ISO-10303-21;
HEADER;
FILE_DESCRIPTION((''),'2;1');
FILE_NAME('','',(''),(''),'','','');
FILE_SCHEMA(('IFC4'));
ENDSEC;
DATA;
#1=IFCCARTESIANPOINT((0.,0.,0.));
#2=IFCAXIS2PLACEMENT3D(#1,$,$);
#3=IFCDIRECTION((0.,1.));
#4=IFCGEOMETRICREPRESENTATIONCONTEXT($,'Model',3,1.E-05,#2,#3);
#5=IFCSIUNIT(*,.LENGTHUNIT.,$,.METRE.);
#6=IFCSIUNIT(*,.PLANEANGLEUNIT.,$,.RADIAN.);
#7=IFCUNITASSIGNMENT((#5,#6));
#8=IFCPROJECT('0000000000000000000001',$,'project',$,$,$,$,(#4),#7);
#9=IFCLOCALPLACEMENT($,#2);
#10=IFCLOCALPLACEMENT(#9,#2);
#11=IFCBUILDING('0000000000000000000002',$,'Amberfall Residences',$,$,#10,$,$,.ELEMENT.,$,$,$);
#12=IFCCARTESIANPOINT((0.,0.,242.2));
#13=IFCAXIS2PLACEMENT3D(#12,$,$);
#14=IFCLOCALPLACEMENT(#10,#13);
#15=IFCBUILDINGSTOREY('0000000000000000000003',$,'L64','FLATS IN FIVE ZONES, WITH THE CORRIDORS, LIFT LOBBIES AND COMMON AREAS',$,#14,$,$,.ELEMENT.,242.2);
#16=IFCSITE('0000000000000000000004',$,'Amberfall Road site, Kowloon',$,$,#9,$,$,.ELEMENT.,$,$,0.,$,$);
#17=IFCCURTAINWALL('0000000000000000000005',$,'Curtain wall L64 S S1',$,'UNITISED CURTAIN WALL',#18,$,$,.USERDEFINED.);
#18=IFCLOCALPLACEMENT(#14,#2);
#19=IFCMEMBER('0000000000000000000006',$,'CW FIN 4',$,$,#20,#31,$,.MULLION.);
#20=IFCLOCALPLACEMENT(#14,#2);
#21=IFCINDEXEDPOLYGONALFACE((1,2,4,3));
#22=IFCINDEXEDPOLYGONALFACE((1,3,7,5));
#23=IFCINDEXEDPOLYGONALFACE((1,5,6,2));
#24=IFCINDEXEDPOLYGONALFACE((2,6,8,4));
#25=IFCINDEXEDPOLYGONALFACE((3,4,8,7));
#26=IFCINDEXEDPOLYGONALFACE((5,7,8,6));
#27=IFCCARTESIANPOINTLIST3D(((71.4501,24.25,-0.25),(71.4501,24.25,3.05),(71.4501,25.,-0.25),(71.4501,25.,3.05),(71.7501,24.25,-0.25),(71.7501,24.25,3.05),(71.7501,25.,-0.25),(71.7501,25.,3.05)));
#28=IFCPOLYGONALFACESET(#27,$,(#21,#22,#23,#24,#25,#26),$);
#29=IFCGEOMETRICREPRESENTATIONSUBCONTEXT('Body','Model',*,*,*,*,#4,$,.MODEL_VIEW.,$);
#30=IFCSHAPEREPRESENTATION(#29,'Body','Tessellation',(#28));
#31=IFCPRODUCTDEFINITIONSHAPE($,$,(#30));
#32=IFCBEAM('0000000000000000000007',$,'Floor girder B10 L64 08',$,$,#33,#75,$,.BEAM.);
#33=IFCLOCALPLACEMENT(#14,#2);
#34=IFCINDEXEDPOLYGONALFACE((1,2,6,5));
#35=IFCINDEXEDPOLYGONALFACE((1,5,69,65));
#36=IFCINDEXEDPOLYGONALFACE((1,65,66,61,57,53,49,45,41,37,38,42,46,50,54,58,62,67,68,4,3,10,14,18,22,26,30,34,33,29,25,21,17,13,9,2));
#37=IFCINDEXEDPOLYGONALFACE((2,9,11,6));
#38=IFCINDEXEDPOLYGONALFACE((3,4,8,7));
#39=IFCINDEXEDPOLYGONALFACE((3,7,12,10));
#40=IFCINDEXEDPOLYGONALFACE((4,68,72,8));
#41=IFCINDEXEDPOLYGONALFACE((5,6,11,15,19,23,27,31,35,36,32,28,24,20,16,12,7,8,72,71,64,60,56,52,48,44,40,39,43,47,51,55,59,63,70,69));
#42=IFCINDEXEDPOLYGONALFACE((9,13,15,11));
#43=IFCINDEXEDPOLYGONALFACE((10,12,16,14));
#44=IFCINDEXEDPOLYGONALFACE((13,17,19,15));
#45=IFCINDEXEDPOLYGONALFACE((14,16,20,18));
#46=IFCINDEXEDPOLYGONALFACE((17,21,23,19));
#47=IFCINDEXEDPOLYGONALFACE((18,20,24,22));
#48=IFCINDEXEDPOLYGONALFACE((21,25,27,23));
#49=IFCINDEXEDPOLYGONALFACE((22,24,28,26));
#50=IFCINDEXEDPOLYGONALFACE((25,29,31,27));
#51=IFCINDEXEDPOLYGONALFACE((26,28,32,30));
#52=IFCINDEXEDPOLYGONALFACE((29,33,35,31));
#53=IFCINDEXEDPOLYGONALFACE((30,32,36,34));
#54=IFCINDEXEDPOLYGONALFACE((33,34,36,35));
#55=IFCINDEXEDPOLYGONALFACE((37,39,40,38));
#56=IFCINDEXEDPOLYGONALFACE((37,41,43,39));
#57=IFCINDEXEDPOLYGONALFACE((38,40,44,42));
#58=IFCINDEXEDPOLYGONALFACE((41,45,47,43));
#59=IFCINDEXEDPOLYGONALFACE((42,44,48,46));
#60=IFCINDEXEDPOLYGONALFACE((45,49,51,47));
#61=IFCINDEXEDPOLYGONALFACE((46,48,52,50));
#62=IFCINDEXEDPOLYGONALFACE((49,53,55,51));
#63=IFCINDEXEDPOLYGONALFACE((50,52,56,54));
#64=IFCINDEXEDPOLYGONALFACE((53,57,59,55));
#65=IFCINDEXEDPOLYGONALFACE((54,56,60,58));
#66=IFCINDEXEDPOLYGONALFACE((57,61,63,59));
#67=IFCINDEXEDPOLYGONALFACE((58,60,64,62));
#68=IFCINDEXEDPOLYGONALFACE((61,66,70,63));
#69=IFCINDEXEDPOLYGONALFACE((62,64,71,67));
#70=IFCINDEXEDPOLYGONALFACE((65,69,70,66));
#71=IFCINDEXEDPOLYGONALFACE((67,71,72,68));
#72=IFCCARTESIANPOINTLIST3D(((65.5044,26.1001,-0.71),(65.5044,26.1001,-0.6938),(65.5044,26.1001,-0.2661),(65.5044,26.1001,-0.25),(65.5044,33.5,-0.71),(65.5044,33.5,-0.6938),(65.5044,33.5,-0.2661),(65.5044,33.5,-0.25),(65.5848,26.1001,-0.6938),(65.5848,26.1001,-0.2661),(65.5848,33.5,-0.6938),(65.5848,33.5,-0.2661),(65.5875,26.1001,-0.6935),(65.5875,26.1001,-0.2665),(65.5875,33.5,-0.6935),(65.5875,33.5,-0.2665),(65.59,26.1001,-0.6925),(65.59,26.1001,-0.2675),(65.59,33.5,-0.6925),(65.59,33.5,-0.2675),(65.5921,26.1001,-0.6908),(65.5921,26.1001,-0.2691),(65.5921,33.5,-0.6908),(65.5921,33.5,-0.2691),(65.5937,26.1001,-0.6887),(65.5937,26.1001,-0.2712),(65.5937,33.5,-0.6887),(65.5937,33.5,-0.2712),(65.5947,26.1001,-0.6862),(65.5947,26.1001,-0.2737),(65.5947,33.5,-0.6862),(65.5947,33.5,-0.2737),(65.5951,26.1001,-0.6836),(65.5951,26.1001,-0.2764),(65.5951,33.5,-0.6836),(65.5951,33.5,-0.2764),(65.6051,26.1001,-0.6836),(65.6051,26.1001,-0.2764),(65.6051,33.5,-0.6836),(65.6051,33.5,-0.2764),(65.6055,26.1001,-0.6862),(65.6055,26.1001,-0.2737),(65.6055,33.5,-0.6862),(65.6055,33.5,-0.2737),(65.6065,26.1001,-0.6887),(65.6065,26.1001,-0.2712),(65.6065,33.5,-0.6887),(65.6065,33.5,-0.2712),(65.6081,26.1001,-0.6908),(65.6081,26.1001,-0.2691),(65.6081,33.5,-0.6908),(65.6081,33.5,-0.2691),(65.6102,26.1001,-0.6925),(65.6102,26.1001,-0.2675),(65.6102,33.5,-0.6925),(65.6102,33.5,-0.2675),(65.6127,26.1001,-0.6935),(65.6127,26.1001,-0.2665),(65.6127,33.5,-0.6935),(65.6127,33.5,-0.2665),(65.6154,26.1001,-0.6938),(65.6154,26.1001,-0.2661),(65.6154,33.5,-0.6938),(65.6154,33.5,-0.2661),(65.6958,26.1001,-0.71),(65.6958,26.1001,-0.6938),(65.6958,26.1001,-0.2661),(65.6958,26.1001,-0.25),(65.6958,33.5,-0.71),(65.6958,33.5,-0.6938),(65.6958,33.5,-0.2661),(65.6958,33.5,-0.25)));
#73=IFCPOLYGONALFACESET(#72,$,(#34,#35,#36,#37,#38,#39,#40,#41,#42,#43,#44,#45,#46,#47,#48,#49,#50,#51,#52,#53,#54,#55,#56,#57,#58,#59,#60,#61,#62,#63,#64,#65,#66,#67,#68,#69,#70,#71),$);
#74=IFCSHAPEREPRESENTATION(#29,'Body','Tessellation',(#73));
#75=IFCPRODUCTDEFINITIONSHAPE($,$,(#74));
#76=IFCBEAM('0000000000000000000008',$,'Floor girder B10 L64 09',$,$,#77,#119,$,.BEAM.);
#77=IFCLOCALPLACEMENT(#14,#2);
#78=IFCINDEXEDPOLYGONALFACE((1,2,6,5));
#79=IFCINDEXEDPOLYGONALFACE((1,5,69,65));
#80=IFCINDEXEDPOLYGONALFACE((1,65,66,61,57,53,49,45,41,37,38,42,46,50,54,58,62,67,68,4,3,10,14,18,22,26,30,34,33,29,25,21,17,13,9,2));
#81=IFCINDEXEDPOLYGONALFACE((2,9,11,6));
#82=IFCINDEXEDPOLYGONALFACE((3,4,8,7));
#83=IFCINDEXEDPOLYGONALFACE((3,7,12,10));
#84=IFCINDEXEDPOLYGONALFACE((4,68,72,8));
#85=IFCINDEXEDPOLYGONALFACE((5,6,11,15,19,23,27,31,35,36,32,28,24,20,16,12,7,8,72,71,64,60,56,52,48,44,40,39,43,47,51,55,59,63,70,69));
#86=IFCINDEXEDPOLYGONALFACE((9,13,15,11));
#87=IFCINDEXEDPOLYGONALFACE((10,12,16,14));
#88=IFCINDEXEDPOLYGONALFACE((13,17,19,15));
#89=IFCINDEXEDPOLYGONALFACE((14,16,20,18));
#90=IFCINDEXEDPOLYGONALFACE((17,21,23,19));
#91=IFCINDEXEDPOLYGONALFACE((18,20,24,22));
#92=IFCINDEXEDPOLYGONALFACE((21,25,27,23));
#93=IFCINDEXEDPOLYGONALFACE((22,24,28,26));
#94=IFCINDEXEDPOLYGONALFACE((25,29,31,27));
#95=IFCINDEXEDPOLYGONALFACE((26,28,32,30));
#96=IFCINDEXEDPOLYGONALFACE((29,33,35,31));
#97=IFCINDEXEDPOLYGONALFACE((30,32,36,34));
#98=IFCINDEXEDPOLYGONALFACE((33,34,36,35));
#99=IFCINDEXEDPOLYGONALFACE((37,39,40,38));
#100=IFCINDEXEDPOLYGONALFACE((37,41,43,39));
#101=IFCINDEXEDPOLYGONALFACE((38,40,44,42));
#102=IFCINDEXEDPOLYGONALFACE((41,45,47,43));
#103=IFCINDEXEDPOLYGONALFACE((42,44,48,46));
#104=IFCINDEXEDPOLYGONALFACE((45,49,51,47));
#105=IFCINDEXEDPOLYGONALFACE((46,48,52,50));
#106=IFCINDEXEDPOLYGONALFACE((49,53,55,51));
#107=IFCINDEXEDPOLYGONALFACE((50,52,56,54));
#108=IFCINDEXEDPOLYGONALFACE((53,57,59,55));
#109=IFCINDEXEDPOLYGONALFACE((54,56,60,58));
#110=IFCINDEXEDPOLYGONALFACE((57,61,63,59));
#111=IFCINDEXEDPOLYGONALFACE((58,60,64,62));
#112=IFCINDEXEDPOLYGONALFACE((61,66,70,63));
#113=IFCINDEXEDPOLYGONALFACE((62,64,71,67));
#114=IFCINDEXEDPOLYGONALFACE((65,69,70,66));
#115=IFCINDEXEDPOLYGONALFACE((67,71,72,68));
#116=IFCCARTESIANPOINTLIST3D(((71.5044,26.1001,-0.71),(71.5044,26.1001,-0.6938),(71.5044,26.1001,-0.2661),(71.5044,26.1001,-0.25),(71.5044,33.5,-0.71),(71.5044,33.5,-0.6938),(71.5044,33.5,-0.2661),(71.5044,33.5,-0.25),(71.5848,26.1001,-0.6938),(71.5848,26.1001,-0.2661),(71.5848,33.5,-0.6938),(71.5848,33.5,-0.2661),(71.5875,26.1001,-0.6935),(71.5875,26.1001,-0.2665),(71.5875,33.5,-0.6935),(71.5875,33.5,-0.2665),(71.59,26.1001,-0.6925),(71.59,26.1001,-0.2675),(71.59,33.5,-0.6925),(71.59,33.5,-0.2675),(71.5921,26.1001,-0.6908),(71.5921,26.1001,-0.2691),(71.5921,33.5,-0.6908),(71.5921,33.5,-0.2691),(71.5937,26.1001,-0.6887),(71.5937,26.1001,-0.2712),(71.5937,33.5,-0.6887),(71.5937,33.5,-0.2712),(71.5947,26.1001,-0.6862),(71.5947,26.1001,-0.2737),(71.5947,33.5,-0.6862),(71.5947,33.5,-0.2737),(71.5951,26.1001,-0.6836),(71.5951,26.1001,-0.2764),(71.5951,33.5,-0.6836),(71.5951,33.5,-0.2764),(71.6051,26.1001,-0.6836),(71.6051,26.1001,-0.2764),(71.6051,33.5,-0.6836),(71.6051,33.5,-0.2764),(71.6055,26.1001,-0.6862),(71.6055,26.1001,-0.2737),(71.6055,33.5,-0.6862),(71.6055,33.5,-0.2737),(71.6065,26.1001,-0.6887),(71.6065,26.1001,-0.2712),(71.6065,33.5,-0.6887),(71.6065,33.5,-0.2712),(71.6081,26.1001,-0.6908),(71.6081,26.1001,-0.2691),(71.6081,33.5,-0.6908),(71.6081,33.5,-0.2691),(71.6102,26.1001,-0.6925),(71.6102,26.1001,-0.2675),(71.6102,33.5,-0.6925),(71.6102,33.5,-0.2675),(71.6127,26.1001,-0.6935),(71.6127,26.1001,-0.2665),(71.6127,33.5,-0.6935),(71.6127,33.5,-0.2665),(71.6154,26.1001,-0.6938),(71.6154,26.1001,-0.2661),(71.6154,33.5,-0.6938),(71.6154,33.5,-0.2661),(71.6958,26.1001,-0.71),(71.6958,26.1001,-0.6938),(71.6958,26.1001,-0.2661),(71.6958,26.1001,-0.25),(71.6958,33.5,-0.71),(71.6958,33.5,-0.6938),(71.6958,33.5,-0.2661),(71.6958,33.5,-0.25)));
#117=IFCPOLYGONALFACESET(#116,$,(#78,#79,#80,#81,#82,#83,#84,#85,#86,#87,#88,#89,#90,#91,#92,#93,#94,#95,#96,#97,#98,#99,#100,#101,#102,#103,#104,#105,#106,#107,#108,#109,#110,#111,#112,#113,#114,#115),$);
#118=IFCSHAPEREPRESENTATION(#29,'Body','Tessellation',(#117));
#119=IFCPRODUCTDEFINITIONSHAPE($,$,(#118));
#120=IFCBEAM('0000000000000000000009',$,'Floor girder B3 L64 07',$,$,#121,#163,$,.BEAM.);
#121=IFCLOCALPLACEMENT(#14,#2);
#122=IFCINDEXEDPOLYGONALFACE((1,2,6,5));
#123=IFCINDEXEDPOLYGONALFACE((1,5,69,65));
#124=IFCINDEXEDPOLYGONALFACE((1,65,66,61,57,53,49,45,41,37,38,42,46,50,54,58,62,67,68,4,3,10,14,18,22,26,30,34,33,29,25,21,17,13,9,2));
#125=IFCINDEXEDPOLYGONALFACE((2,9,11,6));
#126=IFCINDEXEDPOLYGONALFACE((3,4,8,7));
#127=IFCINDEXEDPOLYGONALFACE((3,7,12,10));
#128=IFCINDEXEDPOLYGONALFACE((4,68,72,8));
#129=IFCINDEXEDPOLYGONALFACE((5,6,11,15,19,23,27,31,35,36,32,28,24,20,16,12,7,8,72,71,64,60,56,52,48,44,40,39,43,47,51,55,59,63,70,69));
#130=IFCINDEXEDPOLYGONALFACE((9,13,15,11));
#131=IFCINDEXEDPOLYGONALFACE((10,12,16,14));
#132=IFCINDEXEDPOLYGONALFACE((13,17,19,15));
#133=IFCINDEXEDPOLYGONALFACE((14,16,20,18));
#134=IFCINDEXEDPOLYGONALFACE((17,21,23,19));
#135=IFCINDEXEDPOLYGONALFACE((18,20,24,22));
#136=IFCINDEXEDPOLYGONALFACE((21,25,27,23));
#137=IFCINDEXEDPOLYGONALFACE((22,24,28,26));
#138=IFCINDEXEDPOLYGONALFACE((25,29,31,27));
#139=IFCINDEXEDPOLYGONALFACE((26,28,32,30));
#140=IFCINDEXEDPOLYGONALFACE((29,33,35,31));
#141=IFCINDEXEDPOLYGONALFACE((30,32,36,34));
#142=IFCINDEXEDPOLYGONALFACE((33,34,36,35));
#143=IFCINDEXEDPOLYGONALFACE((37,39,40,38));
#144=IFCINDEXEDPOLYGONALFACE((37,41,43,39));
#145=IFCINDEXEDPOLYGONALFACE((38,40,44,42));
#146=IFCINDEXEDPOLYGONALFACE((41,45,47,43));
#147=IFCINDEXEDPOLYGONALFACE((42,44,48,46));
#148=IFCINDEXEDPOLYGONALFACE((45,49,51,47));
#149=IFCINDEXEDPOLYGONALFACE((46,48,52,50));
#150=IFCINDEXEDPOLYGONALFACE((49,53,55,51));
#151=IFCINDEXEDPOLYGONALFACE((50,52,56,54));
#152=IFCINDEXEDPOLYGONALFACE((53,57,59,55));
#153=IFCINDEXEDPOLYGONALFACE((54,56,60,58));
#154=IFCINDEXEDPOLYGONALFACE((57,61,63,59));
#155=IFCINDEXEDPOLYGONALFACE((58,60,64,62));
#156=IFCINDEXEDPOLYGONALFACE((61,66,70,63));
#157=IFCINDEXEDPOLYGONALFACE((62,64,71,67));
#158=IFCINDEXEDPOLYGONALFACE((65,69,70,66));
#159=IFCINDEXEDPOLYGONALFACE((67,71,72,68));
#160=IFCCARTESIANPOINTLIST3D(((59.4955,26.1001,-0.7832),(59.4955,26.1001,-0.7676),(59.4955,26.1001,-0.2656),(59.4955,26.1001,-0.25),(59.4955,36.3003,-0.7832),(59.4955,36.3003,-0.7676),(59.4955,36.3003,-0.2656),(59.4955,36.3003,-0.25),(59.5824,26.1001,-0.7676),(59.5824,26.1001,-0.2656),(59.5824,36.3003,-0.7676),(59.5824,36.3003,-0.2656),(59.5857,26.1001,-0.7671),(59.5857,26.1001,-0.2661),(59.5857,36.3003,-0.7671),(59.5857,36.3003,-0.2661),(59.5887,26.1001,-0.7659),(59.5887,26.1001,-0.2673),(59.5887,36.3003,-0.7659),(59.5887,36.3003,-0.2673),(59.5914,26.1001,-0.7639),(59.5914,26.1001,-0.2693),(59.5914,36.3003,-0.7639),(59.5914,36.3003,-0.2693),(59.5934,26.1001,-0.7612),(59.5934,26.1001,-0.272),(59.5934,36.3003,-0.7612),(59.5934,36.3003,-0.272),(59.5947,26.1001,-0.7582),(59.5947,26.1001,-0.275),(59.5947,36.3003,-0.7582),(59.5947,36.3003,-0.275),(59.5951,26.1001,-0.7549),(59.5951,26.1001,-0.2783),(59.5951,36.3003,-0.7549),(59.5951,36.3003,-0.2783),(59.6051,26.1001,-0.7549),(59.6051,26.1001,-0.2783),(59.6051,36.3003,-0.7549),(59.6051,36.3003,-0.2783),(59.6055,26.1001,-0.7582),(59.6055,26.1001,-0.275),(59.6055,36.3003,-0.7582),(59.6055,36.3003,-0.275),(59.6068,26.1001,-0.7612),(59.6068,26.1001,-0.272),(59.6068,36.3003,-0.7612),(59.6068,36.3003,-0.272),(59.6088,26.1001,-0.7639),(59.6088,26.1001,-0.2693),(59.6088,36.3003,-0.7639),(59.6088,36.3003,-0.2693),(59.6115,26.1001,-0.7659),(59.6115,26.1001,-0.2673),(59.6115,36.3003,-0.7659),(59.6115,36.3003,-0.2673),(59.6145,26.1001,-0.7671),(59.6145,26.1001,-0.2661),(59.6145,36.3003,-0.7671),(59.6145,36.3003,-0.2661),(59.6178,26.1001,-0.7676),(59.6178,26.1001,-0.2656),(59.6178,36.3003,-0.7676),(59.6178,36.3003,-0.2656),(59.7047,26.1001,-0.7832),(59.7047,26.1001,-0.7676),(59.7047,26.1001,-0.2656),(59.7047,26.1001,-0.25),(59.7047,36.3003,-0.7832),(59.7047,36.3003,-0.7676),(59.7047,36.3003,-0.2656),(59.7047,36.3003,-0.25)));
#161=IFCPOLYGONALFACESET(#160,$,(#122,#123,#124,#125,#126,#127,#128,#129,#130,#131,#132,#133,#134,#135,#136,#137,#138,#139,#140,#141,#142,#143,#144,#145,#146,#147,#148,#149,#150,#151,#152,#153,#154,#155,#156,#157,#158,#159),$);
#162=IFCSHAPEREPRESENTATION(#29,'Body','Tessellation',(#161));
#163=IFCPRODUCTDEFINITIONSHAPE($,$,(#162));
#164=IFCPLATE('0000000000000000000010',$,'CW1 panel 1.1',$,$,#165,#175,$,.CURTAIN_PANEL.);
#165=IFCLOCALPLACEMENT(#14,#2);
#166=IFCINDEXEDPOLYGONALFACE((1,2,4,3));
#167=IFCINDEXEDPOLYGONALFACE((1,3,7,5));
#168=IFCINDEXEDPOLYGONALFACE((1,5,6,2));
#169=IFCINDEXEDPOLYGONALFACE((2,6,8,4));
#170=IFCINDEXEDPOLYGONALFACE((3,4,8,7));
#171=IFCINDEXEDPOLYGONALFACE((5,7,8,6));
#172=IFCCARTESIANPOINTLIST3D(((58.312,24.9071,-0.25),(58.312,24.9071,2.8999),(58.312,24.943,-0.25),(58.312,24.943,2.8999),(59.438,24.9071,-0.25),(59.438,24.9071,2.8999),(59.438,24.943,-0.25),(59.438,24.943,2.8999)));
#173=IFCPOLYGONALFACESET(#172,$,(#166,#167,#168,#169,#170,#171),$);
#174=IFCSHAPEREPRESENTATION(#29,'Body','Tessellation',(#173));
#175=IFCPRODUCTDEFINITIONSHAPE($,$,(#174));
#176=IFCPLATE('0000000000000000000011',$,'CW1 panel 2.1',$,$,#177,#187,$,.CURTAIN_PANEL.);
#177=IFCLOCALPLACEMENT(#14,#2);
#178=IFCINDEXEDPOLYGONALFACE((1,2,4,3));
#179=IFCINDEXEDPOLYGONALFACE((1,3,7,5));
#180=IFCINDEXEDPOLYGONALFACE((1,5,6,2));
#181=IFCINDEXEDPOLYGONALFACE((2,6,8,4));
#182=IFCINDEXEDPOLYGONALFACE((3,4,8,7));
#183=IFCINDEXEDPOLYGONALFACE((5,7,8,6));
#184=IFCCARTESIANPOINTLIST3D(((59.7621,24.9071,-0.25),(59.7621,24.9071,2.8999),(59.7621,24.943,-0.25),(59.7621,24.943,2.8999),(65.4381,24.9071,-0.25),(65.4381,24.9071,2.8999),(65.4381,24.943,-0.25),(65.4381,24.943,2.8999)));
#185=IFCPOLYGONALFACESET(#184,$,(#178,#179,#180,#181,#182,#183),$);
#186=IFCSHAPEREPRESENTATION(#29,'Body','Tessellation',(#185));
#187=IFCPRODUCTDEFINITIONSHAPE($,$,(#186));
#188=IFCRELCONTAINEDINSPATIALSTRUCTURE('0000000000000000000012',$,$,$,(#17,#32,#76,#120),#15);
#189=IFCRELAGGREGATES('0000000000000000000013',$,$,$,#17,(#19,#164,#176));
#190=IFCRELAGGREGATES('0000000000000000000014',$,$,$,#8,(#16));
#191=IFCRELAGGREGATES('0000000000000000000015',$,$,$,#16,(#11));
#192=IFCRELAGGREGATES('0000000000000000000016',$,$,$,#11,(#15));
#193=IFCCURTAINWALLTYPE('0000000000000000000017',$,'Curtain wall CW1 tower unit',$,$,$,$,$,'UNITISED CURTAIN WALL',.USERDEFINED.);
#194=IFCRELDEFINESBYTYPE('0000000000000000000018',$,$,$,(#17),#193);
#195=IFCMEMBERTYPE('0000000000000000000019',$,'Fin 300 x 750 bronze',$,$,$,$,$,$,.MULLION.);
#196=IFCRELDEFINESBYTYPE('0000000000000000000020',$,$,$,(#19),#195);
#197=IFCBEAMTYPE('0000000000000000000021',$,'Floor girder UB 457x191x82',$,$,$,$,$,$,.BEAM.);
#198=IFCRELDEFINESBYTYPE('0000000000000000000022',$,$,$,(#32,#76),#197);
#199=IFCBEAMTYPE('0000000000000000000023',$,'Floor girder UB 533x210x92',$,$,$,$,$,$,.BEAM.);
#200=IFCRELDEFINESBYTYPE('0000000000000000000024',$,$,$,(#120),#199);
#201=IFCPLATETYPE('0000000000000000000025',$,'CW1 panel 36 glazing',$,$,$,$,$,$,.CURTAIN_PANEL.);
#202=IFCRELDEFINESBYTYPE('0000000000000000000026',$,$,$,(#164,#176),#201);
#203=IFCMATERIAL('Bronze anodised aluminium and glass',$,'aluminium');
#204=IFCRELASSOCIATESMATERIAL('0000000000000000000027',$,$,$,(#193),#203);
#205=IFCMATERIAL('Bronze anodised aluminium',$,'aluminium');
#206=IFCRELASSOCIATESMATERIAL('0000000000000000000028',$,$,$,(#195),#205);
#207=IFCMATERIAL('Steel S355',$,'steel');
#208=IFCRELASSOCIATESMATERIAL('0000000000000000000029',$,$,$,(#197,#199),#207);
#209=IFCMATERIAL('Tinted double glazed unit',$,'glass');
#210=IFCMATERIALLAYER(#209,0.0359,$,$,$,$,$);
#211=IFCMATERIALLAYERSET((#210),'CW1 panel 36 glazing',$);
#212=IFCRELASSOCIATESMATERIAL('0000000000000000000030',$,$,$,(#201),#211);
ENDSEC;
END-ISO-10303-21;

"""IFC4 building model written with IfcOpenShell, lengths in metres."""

from ifc_helpers import new_model, si_unit, direction, frame, origin, origin_2d, place, context, subcontext, project, spatial, rectangle, i_section, extrude, material, layer, layer_set, material_profile, profile_set, type_object, element, aggregate, save


model = new_model("IFC4")

# Units and contexts
model_context = context("Model", 3, precision=1e-05, world=origin(), true_north=direction((0.0, 1.0)))
body_context = subcontext(model_context, "Body", "Model", "MODEL_VIEW")
ifc_project = project(units=[si_unit("LENGTHUNIT", "METRE"), si_unit("PLANEANGLEUNIT", "RADIAN")], contexts=[model_context])

# Site, building, storey
site_placement = place(None, origin())
site = spatial("IfcSite", under=ifc_project, at=site_placement, Name="Amberfall Road site, Kowloon", CompositionType="ELEMENT", RefElevation=0.0)
building_placement = place(site_placement, origin())
building = spatial("IfcBuilding", under=site, at=building_placement, Name="Amberfall Residences", CompositionType="ELEMENT")
storey_placement = place(building_placement, frame((0.0, 0.0, 242.2)))
storey = spatial("IfcBuildingStorey", under=building, at=storey_placement, Name="L64", Description="FLATS IN FIVE ZONES, WITH THE CORRIDORS, LIFT LOBBIES AND COMMON AREAS", CompositionType="ELEMENT", Elevation=242.2)

# Curtain wall
ifc_material_1 = material(Name="Bronze anodised aluminium and glass", Category="aluminium")
curtain_wall_type = type_object("IfcCurtainWallType", Name="Curtain wall CW1 tower unit", ElementType="UNITISED CURTAIN WALL", PredefinedType="USERDEFINED", material=ifc_material_1)
curtain_wall_placement = place(storey_placement, origin())
curtain_wall = element("IfcCurtainWall", 1, at=curtain_wall_placement, inside=storey, type_object=curtain_wall_type, Name="Curtain wall L64 S S1", ObjectType="UNITISED CURTAIN WALL", PredefinedType="USERDEFINED")
ifc_material_2 = material(Name="Bronze anodised aluminium", Category="aluminium")

# Shared definitions
ifc_material_3 = material(Name="Steel S355", Category="steel")

# Member
ifc_material_profile_1 = material_profile(ifc_material_2, rectangle(XDim=0.75, YDim=0.3, at=origin_2d()), Name="Fin 300 x 750 bronze")
ifc_profile_set_1 = profile_set([ifc_material_profile_1], Name="Bronze anodised aluminium")
member_type_1 = type_object("IfcMemberType", Name="Fin 300 x 750 bronze", PredefinedType="MULLION", material=ifc_profile_set_1)
member_1_placement = place(storey_placement, frame((71.6001, 24.625, -0.25), z_axis=(0.0, 0.0, 1.0), x_axis=(0.0, 1.0, 0.0)))
member_1 = element("IfcMember", 2, at=member_1_placement, type_object=member_type_1, Name="CW FIN 4", PredefinedType="MULLION", context=body_context, shape_type="SweptSolid", body=[
    extrude(rectangle(XDim=0.75, YDim=0.3, at=origin_2d()), origin(), (0.0, 0.0, 1.0), 3.3),
])

# Beams
ifc_material_profile_2 = material_profile(ifc_material_3, i_section(OverallWidth=0.1914, OverallDepth=0.46, WebThickness=0.01, FlangeThickness=0.0161, FilletRadius=0.0103, at=origin_2d()), Name="UB 457x191x82")
ifc_profile_set_2 = profile_set([ifc_material_profile_2], Name="Steel S355")
beam_type_1 = type_object("IfcBeamType", Name="Floor girder UB 457x191x82", PredefinedType="BEAM", material=ifc_profile_set_2)
for number, where, z_axis, x_axis, name in (
    (3, (65.6001, 26.1001, -0.48), (0.0, 1.0, 0.0), (-1.0, 0.0, 0.0), "Floor girder B10 L64 08"),
    (4, (71.6001, 26.1001, -0.48), (0.0, 1.0, 0.0), (-1.0, 0.0, 0.0), "Floor girder B10 L64 09"),
):
    element("IfcBeam", number, at=place(storey_placement, frame(where, z_axis=z_axis, x_axis=x_axis)), inside=storey, type_object=beam_type_1, Name=name, PredefinedType="BEAM", context=body_context, shape_type="SweptSolid", body=[
        extrude(i_section(OverallWidth=0.1914, OverallDepth=0.46, WebThickness=0.01, FlangeThickness=0.0161, FilletRadius=0.0103, at=origin_2d()), origin(), (0.0, 0.0, 1.0), 7.3999),
    ])
ifc_material_profile_3 = material_profile(ifc_material_3, i_section(OverallWidth=0.2092, OverallDepth=0.5332, WebThickness=0.01, FlangeThickness=0.0156, FilletRadius=0.0127, at=origin_2d()), Name="UB 533x210x92")
ifc_profile_set_3 = profile_set([ifc_material_profile_3], Name="Steel S355")
beam_type_2 = type_object("IfcBeamType", Name="Floor girder UB 533x210x92", PredefinedType="BEAM", material=ifc_profile_set_3)
beam_placement = place(storey_placement, frame((59.6001, 26.1001, -0.5166), z_axis=(0.0, 1.0, 0.0), x_axis=(-1.0, 0.0, 0.0)))
element("IfcBeam", 5, at=beam_placement, inside=storey, type_object=beam_type_2, Name="Floor girder B3 L64 07", PredefinedType="BEAM", context=body_context, shape_type="SweptSolid", body=[
    extrude(i_section(OverallWidth=0.2092, OverallDepth=0.5332, WebThickness=0.01, FlangeThickness=0.0156, FilletRadius=0.0127, at=origin_2d()), origin(), (0.0, 0.0, 1.0), 10.2002),
])

# Plates
ifc_material_4 = material(Name="Tinted double glazed unit", Category="glass")
ifc_layer_1 = layer(ifc_material_4, 0.0359)
ifc_layer_set_1 = layer_set([ifc_layer_1], Name="CW1 panel 36 glazing")
plate_type = type_object("IfcPlateType", Name="CW1 panel 36 glazing", PredefinedType="CURTAIN_PANEL", material=ifc_layer_set_1)
plate_1_placement = place(storey_placement, frame((58.875, 24.925, -0.25), z_axis=(0.0, 0.0, 1.0), x_axis=(1.0, 0.0, 0.0)))
plate_1 = element("IfcPlate", 6, at=plate_1_placement, type_object=plate_type, Name="CW1 panel 1.1", PredefinedType="CURTAIN_PANEL", context=body_context, shape_type="SweptSolid", body=[
    extrude(rectangle(XDim=1.126, YDim=0.0359, at=origin_2d()), origin(), (0.0, 0.0, 1.0), 3.1499),
])
plate_2_placement = place(storey_placement, frame((62.6001, 24.925, -0.25), z_axis=(0.0, 0.0, 1.0), x_axis=(1.0, 0.0, 0.0)))
plate_2 = element("IfcPlate", 7, at=plate_2_placement, type_object=plate_type, Name="CW1 panel 2.1", PredefinedType="CURTAIN_PANEL", context=body_context, shape_type="SweptSolid", body=[
    extrude(rectangle(XDim=5.676, YDim=0.0359, at=origin_2d()), origin(), (0.0, 0.0, 1.0), 3.1499),
])
aggregate(curtain_wall, [member_1, plate_1, plate_2])

save(model, "model.ifc")
